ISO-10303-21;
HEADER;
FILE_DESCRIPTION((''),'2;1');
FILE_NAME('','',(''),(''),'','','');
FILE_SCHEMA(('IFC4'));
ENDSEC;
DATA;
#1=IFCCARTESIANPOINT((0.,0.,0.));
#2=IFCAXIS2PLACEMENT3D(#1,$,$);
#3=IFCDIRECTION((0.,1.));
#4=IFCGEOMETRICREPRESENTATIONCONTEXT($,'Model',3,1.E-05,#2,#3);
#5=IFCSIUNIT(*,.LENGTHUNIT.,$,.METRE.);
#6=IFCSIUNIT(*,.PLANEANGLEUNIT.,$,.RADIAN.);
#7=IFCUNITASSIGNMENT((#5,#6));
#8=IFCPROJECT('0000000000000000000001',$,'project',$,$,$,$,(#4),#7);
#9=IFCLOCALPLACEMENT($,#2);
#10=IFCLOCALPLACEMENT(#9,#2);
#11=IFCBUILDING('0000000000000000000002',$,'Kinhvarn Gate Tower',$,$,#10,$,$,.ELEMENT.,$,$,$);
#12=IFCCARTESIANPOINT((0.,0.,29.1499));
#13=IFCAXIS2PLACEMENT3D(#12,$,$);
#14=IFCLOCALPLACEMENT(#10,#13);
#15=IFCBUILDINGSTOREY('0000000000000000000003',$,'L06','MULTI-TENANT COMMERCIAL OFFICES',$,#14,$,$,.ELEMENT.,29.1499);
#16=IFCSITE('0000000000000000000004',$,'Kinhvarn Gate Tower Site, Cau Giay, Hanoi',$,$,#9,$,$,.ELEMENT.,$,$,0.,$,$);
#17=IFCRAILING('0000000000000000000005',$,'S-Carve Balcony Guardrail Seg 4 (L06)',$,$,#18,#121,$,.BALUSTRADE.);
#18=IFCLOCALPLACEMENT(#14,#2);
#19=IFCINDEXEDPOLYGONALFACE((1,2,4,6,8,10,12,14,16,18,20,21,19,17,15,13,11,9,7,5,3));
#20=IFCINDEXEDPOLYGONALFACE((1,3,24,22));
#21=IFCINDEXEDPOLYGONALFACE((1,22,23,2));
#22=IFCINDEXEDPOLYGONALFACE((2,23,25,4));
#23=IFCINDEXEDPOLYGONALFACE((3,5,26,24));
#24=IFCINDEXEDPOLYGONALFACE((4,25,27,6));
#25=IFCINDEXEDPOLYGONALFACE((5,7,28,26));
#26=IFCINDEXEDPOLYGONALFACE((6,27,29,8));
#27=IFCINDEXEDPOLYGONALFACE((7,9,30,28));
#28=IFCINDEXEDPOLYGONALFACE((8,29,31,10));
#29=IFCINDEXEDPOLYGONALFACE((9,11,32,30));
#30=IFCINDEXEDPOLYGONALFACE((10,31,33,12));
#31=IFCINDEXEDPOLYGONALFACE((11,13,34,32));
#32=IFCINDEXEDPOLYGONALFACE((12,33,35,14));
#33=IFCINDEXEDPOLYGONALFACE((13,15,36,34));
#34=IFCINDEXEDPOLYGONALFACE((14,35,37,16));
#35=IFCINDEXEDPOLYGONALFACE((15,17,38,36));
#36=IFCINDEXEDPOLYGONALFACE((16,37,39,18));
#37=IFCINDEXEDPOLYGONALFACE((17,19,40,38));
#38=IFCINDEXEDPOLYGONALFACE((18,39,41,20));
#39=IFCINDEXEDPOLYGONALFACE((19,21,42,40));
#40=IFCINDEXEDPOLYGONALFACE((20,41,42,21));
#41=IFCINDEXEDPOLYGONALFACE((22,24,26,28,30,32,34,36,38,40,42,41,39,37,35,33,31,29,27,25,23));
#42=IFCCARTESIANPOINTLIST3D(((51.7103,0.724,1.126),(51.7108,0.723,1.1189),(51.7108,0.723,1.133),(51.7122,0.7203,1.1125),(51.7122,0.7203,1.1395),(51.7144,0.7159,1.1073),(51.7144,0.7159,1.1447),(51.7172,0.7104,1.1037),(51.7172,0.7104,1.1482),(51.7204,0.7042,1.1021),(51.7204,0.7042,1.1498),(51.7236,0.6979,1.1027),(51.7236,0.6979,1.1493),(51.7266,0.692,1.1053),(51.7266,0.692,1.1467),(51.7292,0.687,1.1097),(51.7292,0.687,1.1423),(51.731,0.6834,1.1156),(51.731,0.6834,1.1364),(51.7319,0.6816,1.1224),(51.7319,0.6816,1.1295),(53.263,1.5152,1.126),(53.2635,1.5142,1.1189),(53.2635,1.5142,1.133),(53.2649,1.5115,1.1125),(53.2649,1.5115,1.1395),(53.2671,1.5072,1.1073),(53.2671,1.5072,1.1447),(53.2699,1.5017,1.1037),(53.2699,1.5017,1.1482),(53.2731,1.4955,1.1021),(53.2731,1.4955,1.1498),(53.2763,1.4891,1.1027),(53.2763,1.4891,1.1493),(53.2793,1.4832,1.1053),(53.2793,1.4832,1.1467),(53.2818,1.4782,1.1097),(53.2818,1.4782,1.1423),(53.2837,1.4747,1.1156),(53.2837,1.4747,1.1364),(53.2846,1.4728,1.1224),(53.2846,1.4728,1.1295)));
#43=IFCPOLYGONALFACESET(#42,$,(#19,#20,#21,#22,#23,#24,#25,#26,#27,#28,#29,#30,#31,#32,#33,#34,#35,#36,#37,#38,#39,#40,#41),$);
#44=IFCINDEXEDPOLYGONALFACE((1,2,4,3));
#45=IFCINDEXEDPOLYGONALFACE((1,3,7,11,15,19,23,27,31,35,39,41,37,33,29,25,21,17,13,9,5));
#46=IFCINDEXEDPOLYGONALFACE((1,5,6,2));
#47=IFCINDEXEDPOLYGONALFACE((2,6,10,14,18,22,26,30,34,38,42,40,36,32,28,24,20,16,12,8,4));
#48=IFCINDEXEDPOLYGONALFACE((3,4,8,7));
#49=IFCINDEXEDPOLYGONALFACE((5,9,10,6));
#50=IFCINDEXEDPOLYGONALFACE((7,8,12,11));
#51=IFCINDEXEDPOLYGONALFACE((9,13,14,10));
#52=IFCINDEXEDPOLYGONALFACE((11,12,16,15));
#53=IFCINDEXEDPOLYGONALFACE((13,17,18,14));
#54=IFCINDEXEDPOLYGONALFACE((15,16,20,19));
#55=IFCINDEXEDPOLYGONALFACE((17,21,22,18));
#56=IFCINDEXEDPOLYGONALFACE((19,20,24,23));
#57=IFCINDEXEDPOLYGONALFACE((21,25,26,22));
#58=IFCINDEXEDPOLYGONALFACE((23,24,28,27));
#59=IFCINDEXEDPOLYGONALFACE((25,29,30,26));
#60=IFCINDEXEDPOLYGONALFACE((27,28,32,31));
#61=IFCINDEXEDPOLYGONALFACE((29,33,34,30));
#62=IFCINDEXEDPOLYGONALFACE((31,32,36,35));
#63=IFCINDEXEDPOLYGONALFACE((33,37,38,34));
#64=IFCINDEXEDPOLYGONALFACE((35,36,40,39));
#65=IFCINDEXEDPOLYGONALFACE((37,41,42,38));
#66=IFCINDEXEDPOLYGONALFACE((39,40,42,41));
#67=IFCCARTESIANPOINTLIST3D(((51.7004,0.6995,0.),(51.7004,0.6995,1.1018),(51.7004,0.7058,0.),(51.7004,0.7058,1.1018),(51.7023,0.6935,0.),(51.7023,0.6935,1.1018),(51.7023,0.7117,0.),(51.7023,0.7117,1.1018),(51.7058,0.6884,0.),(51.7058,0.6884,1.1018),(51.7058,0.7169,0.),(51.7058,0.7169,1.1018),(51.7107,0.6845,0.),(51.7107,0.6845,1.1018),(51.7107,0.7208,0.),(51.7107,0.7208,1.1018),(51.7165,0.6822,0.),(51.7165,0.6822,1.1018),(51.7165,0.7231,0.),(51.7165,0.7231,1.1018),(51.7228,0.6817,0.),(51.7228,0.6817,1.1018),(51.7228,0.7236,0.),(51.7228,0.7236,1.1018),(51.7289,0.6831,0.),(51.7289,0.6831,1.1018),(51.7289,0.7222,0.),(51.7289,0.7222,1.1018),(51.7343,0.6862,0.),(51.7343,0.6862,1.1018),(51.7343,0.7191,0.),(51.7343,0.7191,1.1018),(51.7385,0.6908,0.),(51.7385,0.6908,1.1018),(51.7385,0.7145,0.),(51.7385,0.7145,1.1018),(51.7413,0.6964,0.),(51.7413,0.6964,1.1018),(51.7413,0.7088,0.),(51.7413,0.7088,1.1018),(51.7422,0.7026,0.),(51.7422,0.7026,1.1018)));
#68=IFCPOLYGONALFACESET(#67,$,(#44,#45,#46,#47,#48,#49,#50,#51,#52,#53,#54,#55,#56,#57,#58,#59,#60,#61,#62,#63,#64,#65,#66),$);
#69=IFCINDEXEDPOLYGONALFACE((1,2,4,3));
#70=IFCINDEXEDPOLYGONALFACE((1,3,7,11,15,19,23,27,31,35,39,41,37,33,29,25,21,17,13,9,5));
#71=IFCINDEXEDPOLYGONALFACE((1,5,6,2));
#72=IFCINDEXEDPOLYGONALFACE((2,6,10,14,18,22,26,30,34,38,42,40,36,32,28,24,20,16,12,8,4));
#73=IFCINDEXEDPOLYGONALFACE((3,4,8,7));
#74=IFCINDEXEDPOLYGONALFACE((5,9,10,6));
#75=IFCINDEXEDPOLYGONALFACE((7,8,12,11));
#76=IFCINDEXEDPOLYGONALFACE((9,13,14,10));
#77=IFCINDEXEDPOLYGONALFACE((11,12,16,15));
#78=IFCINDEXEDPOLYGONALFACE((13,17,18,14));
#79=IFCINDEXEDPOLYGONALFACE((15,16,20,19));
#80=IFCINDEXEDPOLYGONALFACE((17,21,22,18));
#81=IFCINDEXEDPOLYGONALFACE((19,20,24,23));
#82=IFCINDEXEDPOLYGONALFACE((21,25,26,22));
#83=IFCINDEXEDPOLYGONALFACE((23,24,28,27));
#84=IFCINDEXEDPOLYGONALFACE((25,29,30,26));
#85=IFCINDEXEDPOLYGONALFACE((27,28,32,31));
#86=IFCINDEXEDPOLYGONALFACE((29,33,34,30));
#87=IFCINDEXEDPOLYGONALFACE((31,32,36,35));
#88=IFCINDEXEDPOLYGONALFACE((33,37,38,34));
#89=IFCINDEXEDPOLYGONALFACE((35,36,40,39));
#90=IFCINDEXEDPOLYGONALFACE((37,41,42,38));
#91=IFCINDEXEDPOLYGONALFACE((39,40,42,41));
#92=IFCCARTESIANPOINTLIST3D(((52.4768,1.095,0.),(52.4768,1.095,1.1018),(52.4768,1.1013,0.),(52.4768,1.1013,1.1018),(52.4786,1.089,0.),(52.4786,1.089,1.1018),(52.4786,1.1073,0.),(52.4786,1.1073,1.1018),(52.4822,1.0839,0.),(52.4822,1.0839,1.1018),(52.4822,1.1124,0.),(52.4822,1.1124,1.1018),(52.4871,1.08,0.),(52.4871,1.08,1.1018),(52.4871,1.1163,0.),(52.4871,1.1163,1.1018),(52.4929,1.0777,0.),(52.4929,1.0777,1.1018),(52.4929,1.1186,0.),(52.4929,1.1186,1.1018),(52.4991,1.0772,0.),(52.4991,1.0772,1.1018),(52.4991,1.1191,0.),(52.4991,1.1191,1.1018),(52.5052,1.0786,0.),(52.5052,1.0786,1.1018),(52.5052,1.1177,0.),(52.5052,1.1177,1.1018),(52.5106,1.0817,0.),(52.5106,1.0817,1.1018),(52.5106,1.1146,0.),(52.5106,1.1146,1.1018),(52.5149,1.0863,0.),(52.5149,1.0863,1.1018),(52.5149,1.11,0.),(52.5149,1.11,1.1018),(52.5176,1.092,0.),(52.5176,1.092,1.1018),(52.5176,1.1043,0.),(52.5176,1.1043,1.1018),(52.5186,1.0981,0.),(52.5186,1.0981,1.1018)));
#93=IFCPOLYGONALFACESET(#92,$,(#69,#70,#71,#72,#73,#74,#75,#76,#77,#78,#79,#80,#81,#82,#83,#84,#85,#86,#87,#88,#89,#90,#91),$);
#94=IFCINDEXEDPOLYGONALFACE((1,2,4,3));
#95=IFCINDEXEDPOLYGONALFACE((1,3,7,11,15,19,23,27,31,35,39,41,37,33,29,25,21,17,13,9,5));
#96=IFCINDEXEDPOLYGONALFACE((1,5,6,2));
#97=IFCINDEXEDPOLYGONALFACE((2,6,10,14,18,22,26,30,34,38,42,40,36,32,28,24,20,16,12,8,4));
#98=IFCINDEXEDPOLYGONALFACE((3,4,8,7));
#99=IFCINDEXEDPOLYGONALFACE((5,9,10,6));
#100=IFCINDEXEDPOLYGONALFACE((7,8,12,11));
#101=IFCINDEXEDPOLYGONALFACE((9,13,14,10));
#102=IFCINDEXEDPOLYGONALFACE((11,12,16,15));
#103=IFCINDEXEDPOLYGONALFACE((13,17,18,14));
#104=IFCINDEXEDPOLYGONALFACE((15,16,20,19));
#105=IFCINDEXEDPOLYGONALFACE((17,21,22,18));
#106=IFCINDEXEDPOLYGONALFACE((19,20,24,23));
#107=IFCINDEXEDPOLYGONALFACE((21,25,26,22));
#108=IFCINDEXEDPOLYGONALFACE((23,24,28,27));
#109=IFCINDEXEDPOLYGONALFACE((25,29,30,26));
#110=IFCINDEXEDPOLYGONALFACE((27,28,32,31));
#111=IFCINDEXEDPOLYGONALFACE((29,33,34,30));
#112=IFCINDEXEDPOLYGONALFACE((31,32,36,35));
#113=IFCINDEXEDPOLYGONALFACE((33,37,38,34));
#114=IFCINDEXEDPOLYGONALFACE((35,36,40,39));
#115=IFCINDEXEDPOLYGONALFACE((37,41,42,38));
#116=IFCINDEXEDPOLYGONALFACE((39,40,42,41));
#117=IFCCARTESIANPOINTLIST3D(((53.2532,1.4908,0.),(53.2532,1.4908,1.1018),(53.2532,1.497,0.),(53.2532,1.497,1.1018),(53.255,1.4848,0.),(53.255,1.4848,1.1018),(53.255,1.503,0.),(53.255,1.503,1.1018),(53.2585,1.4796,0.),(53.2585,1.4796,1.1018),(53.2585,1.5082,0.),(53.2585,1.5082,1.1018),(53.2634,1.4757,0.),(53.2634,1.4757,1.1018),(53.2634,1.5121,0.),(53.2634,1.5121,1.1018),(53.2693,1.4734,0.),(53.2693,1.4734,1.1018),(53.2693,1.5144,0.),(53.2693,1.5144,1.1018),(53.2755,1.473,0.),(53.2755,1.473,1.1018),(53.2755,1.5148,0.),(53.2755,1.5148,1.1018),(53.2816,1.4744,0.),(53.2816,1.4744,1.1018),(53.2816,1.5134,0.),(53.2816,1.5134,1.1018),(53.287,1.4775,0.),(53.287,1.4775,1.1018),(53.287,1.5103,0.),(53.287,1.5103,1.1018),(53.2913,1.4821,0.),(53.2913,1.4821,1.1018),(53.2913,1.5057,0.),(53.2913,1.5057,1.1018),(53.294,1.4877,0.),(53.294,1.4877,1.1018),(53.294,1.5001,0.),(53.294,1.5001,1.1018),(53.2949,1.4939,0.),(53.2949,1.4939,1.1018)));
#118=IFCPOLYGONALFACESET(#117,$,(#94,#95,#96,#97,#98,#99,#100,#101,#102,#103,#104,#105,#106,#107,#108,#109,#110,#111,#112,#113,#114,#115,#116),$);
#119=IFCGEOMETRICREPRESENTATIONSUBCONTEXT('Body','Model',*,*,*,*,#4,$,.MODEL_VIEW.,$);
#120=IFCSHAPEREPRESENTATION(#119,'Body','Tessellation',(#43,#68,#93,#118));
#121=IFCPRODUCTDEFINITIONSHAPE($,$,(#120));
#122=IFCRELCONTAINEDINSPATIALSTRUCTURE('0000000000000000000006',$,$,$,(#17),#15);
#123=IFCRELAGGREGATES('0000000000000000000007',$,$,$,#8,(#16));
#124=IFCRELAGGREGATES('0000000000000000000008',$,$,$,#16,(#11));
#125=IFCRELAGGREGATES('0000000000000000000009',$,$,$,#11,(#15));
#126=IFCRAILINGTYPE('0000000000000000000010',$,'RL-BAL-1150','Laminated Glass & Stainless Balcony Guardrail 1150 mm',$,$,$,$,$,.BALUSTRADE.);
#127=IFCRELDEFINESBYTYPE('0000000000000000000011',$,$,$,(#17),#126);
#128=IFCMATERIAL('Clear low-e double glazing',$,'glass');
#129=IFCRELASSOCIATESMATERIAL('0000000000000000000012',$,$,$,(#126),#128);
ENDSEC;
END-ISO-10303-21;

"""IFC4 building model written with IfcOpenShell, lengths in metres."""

from ifc_helpers import new_model, si_unit, direction, frame, origin, origin_2d, place, context, subcontext, project, spatial, circle, extrude, material, type_object, element, save


model = new_model("IFC4")

# Units and contexts
model_context = context("Model", 3, precision=1e-05, world=origin(), true_north=direction((0.0, 1.0)))
body_context = subcontext(model_context, "Body", "Model", "MODEL_VIEW")
ifc_project = project(units=[si_unit("LENGTHUNIT", "METRE"), si_unit("PLANEANGLEUNIT", "RADIAN")], contexts=[model_context])

# Site, building, storey
site_placement = place(None, origin())
site = spatial("IfcSite", under=ifc_project, at=site_placement, Name="Kinhvarn Gate Tower Site, Cau Giay, Hanoi", CompositionType="ELEMENT", RefElevation=0.0)
building_placement = place(site_placement, origin())
building = spatial("IfcBuilding", under=site, at=building_placement, Name="Kinhvarn Gate Tower", CompositionType="ELEMENT")
storey_placement = place(building_placement, frame((0.0, 0.0, 29.1499)))
storey = spatial("IfcBuildingStorey", under=building, at=storey_placement, Name="L06", Description="MULTI-TENANT COMMERCIAL OFFICES", CompositionType="ELEMENT", Elevation=29.1499)

# Shared definitions
ifc_material_1 = material(Name="Clear low-e double glazing", Category="glass")

# Railing
railing_type = type_object("IfcRailingType", Name="RL-BAL-1150", Description="Laminated Glass & Stainless Balcony Guardrail 1150 mm", PredefinedType="BALUSTRADE", material=ifc_material_1)
railing_1_placement = place(storey_placement, frame((51.7212, 0.7026, 0.0)))
element("IfcRailing", 1, at=railing_1_placement, inside=storey, type_object=railing_type, Name="S-Carve Balcony Guardrail Seg 4 (L06)", PredefinedType="BALUSTRADE", context=body_context, shape_type="SweptSolid", body=[
    extrude(circle(Radius=0.0239, at=origin_2d()), frame((0.0, 0.0, 1.126), z_axis=(0.890983, 0.454037, 0.0), x_axis=(-0.454037, 0.890983, 0.0)), (0.0, 0.0, 1.0), 1.7427),
    extrude(circle(Radius=0.021, at=origin_2d()), origin(), (0.0, 0.0, 1.0), 1.1018),
    extrude(circle(Radius=0.021, at=origin_2d()), frame((0.7764, 0.3955, 0.0)), (0.0, 0.0, 1.0), 1.1018),
    extrude(circle(Radius=0.021, at=origin_2d()), frame((1.5527, 0.7913, 0.0)), (0.0, 0.0, 1.0), 1.1018),
])

save(model, "model.ifc")
